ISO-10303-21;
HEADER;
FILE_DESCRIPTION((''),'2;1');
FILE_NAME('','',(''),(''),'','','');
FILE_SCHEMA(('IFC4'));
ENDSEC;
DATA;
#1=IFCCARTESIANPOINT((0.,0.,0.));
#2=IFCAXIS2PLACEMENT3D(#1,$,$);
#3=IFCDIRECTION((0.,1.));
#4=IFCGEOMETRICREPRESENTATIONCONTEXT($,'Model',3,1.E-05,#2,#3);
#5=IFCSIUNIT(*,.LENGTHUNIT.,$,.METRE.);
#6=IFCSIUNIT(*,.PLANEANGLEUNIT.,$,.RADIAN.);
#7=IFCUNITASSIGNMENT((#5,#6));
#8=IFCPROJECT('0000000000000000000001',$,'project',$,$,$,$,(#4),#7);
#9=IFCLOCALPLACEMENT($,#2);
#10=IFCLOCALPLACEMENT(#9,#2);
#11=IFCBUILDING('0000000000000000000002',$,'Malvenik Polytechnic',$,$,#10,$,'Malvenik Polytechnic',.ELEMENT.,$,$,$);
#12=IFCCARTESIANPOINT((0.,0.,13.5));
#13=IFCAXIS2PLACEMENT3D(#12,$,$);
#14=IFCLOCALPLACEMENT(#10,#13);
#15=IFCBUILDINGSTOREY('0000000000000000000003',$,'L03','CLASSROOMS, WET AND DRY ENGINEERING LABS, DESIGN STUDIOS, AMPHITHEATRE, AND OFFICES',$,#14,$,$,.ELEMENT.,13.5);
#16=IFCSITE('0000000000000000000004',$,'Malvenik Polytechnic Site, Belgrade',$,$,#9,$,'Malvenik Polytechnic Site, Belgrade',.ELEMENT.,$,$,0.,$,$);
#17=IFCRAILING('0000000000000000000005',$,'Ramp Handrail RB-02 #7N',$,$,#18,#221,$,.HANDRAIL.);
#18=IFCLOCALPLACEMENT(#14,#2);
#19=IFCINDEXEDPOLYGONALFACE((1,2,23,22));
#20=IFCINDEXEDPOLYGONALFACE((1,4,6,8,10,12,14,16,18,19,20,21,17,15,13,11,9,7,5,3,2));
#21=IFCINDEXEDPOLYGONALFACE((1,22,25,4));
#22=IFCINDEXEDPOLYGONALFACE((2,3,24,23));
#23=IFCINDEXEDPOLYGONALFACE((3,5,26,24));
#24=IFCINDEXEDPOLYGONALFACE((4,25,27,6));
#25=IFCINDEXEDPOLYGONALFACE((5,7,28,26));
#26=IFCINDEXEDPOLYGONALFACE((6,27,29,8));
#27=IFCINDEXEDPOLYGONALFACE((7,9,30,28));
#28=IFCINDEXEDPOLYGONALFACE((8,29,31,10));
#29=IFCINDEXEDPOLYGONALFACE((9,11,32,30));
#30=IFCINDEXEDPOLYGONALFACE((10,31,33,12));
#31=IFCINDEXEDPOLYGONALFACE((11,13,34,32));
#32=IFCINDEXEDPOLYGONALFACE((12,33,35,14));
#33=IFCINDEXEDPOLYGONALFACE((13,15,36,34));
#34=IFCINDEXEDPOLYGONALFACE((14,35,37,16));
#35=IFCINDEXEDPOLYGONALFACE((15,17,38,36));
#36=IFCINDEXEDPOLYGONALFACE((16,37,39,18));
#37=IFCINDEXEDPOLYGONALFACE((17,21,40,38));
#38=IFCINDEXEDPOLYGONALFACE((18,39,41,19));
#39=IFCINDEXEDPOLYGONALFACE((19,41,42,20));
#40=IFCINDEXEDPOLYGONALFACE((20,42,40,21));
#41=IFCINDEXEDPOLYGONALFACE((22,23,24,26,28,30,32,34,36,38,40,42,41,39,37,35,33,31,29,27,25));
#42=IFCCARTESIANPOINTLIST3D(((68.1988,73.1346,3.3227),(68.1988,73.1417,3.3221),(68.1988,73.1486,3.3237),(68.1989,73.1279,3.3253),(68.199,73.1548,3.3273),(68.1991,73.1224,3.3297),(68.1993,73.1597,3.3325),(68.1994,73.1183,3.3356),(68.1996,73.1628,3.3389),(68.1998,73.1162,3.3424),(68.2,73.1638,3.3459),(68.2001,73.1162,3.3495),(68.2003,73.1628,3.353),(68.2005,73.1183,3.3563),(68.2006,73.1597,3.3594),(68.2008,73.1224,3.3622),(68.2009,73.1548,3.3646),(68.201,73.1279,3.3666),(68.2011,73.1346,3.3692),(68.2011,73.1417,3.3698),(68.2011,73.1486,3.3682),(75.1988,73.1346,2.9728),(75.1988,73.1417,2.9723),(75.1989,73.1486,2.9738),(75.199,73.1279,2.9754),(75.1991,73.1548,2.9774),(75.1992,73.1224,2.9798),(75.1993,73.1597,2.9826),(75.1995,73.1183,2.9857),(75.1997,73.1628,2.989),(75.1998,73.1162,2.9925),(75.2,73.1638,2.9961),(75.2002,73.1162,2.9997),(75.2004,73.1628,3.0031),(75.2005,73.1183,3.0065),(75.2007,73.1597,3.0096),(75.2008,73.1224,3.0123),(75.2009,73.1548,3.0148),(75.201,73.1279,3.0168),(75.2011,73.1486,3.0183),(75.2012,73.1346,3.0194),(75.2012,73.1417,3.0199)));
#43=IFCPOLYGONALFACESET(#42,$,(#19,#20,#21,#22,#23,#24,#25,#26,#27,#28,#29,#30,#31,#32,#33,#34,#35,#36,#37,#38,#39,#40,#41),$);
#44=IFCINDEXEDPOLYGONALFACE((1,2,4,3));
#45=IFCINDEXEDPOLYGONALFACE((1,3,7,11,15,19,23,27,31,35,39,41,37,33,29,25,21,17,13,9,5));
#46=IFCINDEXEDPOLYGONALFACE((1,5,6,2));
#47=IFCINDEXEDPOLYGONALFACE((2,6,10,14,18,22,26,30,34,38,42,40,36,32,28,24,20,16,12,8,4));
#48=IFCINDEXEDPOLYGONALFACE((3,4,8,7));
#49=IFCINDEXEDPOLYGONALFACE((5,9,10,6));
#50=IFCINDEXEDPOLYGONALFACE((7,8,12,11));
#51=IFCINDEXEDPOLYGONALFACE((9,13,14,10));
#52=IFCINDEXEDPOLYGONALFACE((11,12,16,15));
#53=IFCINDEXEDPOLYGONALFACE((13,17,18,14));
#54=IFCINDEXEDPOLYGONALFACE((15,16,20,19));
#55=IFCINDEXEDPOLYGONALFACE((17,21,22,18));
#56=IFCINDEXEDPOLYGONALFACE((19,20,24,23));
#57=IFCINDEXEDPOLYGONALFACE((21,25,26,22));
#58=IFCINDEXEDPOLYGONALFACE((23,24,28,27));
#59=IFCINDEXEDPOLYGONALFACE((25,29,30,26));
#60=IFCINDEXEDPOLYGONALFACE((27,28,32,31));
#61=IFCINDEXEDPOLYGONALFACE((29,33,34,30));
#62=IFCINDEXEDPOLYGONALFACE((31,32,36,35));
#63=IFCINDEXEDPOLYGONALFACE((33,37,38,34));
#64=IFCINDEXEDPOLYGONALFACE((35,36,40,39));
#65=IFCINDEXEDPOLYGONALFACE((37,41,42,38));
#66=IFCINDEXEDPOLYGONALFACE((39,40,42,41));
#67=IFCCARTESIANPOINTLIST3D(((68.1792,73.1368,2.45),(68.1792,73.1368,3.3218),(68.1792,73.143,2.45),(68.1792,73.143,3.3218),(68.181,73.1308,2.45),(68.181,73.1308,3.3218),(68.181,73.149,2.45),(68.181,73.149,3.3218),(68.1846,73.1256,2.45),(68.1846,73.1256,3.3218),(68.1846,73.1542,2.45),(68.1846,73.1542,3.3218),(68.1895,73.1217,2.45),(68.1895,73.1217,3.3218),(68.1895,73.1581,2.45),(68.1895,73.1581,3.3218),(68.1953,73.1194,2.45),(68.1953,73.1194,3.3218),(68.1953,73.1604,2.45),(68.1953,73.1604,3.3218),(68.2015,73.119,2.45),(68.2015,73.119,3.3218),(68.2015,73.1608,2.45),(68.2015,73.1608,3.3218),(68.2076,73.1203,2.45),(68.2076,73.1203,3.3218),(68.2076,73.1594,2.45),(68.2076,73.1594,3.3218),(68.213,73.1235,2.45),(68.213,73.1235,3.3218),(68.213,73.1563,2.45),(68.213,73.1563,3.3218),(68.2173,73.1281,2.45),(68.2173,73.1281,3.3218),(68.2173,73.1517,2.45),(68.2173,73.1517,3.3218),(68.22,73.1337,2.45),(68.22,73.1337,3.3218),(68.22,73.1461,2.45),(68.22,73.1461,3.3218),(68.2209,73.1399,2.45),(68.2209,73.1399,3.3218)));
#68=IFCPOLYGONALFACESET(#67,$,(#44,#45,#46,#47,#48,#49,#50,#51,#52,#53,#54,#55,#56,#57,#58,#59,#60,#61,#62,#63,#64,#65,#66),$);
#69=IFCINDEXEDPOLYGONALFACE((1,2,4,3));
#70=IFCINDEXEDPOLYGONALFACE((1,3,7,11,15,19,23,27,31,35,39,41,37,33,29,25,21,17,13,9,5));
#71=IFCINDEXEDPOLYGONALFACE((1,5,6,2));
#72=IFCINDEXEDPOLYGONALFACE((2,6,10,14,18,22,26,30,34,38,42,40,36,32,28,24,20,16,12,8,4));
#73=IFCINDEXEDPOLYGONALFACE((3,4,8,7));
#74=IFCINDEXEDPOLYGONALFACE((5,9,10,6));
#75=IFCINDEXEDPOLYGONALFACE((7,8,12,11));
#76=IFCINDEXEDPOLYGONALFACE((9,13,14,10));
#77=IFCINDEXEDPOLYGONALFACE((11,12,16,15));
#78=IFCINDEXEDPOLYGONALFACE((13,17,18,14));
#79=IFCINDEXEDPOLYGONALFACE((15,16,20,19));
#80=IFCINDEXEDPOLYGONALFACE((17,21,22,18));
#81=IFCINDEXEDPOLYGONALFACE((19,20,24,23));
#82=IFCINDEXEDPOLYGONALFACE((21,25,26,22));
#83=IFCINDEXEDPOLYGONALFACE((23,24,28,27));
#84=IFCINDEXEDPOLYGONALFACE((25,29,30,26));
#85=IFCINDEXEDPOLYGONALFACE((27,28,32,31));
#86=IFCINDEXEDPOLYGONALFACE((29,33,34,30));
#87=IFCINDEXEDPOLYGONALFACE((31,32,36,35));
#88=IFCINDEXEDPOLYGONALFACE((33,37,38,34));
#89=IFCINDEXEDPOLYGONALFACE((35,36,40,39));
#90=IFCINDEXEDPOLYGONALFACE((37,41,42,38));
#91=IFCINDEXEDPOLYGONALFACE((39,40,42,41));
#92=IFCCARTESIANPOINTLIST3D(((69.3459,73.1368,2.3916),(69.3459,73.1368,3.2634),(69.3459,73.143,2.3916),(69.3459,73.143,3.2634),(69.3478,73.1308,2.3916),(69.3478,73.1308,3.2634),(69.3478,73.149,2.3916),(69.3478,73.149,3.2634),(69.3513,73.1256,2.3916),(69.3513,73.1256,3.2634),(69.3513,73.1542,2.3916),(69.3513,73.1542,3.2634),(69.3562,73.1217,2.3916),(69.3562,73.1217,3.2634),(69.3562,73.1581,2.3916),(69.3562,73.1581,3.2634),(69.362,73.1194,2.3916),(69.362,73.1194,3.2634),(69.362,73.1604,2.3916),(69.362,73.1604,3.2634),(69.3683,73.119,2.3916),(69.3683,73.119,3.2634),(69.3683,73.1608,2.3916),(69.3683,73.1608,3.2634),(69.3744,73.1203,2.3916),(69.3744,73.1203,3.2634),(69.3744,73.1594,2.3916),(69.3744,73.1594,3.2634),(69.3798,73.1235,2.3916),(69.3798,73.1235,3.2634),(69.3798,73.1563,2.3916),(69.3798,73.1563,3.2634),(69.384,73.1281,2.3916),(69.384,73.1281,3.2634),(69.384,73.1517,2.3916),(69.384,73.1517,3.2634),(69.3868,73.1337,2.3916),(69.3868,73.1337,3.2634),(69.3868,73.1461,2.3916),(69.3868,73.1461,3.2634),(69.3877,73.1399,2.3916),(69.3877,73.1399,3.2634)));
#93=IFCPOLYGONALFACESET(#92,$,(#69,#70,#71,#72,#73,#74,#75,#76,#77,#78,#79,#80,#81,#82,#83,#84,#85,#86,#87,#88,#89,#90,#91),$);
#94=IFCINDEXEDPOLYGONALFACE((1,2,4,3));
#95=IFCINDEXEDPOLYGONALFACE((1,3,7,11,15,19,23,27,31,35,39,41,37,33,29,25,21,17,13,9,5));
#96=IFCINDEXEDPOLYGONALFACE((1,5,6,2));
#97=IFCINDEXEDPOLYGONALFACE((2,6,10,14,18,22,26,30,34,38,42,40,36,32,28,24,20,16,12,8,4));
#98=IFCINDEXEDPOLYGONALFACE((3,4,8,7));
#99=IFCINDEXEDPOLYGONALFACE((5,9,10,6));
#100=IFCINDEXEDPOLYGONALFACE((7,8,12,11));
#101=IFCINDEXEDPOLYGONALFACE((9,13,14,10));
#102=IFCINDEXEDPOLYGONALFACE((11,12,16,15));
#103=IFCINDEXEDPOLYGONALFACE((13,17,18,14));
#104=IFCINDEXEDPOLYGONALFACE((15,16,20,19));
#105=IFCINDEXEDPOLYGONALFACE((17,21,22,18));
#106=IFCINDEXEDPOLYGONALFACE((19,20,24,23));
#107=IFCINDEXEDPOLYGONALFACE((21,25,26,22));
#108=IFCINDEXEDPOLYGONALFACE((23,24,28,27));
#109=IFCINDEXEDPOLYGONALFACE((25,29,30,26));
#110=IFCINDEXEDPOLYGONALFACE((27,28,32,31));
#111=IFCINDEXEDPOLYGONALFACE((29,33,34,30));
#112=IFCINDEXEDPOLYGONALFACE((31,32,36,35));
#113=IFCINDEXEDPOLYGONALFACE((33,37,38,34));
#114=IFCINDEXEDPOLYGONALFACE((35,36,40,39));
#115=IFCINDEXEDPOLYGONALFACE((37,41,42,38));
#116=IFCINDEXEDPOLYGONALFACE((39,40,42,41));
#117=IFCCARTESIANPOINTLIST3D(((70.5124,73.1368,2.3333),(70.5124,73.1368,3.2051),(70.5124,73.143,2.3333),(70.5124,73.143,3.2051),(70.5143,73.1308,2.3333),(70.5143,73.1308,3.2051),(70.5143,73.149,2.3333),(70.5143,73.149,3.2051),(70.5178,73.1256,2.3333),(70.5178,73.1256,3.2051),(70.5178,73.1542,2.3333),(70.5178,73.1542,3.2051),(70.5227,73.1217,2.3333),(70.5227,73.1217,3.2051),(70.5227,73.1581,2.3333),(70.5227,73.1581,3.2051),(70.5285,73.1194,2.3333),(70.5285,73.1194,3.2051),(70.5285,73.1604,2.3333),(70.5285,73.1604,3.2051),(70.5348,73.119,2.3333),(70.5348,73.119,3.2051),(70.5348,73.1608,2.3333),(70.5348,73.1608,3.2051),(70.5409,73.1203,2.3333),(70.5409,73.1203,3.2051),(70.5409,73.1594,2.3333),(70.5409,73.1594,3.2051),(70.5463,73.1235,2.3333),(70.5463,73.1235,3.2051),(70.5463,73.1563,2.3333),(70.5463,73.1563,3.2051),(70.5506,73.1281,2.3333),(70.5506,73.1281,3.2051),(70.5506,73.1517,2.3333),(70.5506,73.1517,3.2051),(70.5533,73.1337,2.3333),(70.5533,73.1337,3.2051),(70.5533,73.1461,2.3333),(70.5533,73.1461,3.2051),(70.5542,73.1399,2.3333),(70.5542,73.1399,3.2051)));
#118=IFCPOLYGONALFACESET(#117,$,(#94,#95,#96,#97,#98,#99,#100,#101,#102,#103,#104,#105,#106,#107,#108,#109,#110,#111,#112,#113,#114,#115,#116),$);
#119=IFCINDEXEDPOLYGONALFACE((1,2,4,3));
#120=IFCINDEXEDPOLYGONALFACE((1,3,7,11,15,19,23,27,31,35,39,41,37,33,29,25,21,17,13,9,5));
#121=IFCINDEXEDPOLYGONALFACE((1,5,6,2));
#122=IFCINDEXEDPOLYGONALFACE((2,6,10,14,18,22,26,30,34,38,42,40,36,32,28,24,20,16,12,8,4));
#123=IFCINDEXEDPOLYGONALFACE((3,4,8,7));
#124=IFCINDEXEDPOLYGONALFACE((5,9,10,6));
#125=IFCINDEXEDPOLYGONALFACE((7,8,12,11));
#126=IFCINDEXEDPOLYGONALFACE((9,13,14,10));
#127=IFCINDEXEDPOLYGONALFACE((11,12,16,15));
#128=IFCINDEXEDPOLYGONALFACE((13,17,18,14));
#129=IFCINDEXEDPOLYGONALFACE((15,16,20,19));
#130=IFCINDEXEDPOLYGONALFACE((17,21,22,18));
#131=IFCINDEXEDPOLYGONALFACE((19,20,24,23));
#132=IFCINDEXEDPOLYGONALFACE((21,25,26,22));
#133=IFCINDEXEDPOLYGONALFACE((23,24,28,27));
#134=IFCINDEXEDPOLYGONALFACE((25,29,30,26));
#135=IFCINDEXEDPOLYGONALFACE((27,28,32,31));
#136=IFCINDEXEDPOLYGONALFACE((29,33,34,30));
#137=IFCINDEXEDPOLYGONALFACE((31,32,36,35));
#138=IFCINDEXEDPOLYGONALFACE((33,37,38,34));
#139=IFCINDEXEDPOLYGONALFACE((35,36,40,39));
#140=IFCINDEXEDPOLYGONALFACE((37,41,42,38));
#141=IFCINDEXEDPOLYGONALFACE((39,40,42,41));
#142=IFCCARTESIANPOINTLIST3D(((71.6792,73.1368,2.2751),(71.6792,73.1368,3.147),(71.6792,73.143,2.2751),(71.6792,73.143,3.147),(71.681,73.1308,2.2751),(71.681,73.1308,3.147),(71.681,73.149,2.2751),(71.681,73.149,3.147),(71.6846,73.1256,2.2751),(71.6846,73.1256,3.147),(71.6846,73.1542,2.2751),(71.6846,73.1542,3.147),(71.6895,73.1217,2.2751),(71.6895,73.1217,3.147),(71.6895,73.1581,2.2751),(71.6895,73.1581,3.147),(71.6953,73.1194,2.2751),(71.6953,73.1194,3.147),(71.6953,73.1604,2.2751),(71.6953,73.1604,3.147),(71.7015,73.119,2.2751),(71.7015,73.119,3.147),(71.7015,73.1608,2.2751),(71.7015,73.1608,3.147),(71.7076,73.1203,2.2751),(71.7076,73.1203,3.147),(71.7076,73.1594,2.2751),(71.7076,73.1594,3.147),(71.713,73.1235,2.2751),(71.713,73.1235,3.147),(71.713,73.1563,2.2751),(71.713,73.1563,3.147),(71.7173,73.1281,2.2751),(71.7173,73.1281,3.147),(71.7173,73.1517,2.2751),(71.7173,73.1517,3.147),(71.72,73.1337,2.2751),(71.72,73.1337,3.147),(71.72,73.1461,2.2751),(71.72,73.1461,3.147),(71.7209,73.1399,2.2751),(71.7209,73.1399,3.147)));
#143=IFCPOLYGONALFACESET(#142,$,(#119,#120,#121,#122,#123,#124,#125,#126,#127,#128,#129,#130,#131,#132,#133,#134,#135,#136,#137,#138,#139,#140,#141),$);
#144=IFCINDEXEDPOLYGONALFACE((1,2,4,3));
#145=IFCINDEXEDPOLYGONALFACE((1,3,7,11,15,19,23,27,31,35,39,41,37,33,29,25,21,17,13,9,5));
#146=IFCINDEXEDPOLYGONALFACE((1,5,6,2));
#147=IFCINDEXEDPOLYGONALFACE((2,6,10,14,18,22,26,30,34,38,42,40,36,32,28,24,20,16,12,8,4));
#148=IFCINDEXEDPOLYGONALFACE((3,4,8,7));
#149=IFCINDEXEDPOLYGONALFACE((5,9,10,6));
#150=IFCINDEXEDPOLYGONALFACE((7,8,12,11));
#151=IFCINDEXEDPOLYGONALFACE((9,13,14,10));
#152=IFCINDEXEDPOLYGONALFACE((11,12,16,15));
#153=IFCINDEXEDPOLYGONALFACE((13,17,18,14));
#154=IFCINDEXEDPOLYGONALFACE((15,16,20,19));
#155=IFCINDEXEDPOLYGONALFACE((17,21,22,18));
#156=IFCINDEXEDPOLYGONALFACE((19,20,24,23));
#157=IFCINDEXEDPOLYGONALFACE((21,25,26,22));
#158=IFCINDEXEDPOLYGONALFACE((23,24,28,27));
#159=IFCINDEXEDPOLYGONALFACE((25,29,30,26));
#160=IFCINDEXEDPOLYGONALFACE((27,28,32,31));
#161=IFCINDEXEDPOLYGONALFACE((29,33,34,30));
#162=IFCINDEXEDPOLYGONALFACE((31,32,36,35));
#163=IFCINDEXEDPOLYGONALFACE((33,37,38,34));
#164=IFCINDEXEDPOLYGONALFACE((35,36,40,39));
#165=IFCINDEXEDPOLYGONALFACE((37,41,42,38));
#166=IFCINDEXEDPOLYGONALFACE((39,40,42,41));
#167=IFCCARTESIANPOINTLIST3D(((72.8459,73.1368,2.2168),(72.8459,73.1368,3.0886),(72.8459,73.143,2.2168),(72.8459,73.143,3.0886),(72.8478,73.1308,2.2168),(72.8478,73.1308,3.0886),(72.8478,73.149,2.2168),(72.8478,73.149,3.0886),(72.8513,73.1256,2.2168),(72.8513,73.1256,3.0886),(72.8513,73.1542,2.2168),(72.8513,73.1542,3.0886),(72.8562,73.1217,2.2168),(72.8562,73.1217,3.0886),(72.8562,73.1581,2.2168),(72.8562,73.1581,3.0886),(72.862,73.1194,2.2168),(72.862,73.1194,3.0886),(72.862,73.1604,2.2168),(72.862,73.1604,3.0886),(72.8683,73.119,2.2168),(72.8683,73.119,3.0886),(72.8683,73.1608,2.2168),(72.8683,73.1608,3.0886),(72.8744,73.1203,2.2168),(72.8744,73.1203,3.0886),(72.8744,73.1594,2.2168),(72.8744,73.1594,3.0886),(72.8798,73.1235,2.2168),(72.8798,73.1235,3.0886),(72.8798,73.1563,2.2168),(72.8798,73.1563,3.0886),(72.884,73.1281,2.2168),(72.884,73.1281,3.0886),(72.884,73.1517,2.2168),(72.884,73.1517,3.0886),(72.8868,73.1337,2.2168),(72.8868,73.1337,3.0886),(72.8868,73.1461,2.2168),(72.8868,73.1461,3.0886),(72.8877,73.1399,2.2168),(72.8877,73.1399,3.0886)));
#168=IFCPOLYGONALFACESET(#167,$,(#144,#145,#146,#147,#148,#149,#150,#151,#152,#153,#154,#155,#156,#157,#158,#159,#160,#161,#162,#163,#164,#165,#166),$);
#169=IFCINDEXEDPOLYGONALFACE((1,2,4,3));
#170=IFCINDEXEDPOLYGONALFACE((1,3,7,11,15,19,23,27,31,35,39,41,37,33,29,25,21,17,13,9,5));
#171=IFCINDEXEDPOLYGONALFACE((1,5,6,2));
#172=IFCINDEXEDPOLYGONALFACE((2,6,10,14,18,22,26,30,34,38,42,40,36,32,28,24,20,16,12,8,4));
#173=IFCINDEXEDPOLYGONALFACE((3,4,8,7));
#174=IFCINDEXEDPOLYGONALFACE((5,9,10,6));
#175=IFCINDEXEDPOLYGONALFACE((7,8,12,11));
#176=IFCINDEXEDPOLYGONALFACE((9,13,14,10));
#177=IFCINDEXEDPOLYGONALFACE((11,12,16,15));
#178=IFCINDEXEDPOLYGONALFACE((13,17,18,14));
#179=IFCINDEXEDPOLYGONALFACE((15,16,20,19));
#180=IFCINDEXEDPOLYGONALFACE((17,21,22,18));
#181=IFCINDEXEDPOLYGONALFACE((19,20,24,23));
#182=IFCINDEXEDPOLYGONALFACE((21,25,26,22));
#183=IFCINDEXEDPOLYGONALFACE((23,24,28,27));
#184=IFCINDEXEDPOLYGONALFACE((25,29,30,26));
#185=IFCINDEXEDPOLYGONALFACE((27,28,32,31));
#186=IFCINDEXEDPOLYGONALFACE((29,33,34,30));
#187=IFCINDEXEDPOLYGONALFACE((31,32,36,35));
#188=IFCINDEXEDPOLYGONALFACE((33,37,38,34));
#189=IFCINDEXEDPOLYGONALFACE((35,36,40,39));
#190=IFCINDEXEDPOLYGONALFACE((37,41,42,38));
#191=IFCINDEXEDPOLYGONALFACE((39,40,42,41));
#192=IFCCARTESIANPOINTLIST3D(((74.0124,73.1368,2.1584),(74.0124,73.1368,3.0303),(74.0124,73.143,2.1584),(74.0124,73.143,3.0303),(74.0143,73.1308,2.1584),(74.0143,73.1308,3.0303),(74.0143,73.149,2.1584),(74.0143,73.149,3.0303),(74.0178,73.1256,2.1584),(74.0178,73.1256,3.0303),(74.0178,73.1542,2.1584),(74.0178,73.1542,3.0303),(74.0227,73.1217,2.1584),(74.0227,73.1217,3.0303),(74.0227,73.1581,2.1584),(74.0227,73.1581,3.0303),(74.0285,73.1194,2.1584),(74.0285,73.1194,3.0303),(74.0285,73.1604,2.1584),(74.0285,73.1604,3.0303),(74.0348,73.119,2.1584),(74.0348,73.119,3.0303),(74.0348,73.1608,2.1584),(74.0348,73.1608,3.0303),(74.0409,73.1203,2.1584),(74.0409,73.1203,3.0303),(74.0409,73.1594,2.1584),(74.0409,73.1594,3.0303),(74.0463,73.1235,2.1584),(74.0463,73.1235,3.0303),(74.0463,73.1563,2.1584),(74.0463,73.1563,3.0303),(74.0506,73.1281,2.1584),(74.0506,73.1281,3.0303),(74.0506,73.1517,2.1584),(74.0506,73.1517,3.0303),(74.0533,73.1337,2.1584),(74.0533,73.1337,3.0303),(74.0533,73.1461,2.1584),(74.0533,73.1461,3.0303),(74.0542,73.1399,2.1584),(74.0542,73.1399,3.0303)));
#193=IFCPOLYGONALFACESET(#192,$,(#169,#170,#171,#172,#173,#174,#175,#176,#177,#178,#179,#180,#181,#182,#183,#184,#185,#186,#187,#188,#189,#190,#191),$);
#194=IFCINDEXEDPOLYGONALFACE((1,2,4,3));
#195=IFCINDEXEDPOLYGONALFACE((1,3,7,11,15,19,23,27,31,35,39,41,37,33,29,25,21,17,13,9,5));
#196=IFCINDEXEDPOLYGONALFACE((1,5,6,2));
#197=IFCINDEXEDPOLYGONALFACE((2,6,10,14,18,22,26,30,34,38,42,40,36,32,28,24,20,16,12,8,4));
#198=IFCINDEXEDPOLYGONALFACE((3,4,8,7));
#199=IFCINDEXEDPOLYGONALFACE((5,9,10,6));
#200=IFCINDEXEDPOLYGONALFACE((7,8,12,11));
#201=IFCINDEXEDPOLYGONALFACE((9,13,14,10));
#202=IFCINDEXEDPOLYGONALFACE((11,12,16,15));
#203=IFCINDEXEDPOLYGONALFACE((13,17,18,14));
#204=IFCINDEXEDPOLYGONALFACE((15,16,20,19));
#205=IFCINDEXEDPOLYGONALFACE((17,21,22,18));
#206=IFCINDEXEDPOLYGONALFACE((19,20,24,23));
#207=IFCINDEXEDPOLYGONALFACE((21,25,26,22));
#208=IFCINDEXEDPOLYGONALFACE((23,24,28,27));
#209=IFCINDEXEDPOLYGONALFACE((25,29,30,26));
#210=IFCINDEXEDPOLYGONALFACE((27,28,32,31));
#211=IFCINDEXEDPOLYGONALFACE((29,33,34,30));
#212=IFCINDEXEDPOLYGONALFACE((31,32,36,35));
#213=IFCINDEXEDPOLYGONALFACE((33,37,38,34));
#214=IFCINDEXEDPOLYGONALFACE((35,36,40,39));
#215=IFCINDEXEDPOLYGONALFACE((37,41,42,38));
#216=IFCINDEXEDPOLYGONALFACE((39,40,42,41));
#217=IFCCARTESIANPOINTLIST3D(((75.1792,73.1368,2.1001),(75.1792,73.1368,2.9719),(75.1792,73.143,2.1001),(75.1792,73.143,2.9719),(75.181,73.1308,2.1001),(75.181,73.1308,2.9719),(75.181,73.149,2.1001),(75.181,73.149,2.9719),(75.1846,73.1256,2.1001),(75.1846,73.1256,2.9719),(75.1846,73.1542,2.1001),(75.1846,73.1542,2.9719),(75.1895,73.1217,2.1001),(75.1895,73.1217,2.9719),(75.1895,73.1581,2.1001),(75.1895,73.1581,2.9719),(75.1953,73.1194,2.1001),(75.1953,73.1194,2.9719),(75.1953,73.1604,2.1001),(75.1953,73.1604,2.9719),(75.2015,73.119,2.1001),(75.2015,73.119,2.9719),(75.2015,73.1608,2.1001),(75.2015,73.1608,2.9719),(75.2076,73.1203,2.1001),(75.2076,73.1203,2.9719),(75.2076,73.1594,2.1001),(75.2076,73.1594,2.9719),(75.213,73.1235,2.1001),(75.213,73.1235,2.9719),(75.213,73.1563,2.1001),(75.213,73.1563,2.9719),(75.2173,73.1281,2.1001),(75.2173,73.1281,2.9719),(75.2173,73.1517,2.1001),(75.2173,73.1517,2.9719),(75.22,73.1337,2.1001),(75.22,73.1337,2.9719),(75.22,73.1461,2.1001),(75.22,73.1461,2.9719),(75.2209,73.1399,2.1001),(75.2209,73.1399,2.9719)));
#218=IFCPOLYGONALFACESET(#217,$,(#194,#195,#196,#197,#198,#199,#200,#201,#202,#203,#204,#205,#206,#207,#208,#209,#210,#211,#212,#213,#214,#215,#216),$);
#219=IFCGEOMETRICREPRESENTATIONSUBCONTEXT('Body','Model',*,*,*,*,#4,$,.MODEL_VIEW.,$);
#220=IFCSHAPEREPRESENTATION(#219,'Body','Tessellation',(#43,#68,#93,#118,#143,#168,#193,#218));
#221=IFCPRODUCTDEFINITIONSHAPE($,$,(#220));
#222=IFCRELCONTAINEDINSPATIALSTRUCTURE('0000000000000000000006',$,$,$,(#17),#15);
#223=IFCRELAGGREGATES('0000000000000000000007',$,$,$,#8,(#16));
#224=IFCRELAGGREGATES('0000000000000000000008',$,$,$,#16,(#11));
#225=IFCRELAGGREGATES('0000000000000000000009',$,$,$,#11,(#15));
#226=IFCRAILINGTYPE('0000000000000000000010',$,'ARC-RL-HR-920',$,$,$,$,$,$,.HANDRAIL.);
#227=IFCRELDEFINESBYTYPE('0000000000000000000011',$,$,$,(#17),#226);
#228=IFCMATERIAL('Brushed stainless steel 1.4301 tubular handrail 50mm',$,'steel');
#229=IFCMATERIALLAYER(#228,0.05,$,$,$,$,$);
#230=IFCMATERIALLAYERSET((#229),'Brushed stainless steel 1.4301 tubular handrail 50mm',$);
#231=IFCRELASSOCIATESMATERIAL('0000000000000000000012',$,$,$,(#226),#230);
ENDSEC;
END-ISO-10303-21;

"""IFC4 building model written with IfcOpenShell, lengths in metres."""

from ifc_helpers import new_model, si_unit, direction, frame, origin, origin_2d, place, context, subcontext, project, spatial, circle, extrude, material, layer, layer_set, type_object, element, save


model = new_model("IFC4")

# Units and contexts
model_context = context("Model", 3, precision=1e-05, world=origin(), true_north=direction((0.0, 1.0)))
body_context = subcontext(model_context, "Body", "Model", "MODEL_VIEW")
ifc_project = project(units=[si_unit("LENGTHUNIT", "METRE"), si_unit("PLANEANGLEUNIT", "RADIAN")], contexts=[model_context])

# Site, building, storey
site_placement = place(None, origin())
site = spatial("IfcSite", under=ifc_project, at=site_placement, Name="Malvenik Polytechnic Site, Belgrade", LongName="Malvenik Polytechnic Site, Belgrade", CompositionType="ELEMENT", RefElevation=0.0)
building_placement = place(site_placement, origin())
building = spatial("IfcBuilding", under=site, at=building_placement, Name="Malvenik Polytechnic", LongName="Malvenik Polytechnic", CompositionType="ELEMENT")
storey_placement = place(building_placement, frame((0.0, 0.0, 13.5)))
storey = spatial("IfcBuildingStorey", under=building, at=storey_placement, Name="L03", Description="CLASSROOMS, WET AND DRY ENGINEERING LABS, DESIGN STUDIOS, AMPHITHEATRE, AND OFFICES", CompositionType="ELEMENT", Elevation=13.5)

# Railing
ifc_material_1 = material(Name="Brushed stainless steel 1.4301 tubular handrail 50mm", Category="steel")
ifc_layer_1 = layer(ifc_material_1, 0.05)
ifc_layer_set_1 = layer_set([ifc_layer_1], Name="Brushed stainless steel 1.4301 tubular handrail 50mm")
railing_type = type_object("IfcRailingType", Name="ARC-RL-HR-920", PredefinedType="HANDRAIL", material=ifc_layer_set_1)
railing_placement = place(storey_placement, frame((68.2, 73.1399, 2.45)))
element("IfcRailing", 1, at=railing_placement, inside=storey, type_object=railing_type, Name="Ramp Handrail RB-02 #7N", PredefinedType="HANDRAIL", context=body_context, shape_type="SweptSolid", body=[
    extrude(circle(Radius=0.0239, at=origin_2d()), frame((0.0, 0.0, 0.896), z_axis=(0.998753, 0.0, -0.049917), x_axis=(0.0, 1.0, 0.0)), (0.0, 0.0, 1.0), 7.0088),
    extrude(circle(Radius=0.021, at=origin_2d()), origin(), (0.0, 0.0, 1.0), 0.8718),
    extrude(circle(Radius=0.021, at=origin_2d()), frame((1.1667, 0.0, -0.0583)), (0.0, 0.0, 1.0), 0.8718),
    extrude(circle(Radius=0.021, at=origin_2d()), frame((2.3333, 0.0, -0.1167)), (0.0, 0.0, 1.0), 0.8718),
    extrude(circle(Radius=0.021, at=origin_2d()), frame((3.5, 0.0, -0.1748)), (0.0, 0.0, 1.0), 0.8718),
    extrude(circle(Radius=0.021, at=origin_2d()), frame((4.6667, 0.0, -0.2332)), (0.0, 0.0, 1.0), 0.8718),
    extrude(circle(Radius=0.021, at=origin_2d()), frame((5.8333, 0.0, -0.2915)), (0.0, 0.0, 1.0), 0.8718),
    extrude(circle(Radius=0.021, at=origin_2d()), frame((7.0, 0.0, -0.3499)), (0.0, 0.0, 1.0), 0.8718),
])

save(model, "model.ifc")
